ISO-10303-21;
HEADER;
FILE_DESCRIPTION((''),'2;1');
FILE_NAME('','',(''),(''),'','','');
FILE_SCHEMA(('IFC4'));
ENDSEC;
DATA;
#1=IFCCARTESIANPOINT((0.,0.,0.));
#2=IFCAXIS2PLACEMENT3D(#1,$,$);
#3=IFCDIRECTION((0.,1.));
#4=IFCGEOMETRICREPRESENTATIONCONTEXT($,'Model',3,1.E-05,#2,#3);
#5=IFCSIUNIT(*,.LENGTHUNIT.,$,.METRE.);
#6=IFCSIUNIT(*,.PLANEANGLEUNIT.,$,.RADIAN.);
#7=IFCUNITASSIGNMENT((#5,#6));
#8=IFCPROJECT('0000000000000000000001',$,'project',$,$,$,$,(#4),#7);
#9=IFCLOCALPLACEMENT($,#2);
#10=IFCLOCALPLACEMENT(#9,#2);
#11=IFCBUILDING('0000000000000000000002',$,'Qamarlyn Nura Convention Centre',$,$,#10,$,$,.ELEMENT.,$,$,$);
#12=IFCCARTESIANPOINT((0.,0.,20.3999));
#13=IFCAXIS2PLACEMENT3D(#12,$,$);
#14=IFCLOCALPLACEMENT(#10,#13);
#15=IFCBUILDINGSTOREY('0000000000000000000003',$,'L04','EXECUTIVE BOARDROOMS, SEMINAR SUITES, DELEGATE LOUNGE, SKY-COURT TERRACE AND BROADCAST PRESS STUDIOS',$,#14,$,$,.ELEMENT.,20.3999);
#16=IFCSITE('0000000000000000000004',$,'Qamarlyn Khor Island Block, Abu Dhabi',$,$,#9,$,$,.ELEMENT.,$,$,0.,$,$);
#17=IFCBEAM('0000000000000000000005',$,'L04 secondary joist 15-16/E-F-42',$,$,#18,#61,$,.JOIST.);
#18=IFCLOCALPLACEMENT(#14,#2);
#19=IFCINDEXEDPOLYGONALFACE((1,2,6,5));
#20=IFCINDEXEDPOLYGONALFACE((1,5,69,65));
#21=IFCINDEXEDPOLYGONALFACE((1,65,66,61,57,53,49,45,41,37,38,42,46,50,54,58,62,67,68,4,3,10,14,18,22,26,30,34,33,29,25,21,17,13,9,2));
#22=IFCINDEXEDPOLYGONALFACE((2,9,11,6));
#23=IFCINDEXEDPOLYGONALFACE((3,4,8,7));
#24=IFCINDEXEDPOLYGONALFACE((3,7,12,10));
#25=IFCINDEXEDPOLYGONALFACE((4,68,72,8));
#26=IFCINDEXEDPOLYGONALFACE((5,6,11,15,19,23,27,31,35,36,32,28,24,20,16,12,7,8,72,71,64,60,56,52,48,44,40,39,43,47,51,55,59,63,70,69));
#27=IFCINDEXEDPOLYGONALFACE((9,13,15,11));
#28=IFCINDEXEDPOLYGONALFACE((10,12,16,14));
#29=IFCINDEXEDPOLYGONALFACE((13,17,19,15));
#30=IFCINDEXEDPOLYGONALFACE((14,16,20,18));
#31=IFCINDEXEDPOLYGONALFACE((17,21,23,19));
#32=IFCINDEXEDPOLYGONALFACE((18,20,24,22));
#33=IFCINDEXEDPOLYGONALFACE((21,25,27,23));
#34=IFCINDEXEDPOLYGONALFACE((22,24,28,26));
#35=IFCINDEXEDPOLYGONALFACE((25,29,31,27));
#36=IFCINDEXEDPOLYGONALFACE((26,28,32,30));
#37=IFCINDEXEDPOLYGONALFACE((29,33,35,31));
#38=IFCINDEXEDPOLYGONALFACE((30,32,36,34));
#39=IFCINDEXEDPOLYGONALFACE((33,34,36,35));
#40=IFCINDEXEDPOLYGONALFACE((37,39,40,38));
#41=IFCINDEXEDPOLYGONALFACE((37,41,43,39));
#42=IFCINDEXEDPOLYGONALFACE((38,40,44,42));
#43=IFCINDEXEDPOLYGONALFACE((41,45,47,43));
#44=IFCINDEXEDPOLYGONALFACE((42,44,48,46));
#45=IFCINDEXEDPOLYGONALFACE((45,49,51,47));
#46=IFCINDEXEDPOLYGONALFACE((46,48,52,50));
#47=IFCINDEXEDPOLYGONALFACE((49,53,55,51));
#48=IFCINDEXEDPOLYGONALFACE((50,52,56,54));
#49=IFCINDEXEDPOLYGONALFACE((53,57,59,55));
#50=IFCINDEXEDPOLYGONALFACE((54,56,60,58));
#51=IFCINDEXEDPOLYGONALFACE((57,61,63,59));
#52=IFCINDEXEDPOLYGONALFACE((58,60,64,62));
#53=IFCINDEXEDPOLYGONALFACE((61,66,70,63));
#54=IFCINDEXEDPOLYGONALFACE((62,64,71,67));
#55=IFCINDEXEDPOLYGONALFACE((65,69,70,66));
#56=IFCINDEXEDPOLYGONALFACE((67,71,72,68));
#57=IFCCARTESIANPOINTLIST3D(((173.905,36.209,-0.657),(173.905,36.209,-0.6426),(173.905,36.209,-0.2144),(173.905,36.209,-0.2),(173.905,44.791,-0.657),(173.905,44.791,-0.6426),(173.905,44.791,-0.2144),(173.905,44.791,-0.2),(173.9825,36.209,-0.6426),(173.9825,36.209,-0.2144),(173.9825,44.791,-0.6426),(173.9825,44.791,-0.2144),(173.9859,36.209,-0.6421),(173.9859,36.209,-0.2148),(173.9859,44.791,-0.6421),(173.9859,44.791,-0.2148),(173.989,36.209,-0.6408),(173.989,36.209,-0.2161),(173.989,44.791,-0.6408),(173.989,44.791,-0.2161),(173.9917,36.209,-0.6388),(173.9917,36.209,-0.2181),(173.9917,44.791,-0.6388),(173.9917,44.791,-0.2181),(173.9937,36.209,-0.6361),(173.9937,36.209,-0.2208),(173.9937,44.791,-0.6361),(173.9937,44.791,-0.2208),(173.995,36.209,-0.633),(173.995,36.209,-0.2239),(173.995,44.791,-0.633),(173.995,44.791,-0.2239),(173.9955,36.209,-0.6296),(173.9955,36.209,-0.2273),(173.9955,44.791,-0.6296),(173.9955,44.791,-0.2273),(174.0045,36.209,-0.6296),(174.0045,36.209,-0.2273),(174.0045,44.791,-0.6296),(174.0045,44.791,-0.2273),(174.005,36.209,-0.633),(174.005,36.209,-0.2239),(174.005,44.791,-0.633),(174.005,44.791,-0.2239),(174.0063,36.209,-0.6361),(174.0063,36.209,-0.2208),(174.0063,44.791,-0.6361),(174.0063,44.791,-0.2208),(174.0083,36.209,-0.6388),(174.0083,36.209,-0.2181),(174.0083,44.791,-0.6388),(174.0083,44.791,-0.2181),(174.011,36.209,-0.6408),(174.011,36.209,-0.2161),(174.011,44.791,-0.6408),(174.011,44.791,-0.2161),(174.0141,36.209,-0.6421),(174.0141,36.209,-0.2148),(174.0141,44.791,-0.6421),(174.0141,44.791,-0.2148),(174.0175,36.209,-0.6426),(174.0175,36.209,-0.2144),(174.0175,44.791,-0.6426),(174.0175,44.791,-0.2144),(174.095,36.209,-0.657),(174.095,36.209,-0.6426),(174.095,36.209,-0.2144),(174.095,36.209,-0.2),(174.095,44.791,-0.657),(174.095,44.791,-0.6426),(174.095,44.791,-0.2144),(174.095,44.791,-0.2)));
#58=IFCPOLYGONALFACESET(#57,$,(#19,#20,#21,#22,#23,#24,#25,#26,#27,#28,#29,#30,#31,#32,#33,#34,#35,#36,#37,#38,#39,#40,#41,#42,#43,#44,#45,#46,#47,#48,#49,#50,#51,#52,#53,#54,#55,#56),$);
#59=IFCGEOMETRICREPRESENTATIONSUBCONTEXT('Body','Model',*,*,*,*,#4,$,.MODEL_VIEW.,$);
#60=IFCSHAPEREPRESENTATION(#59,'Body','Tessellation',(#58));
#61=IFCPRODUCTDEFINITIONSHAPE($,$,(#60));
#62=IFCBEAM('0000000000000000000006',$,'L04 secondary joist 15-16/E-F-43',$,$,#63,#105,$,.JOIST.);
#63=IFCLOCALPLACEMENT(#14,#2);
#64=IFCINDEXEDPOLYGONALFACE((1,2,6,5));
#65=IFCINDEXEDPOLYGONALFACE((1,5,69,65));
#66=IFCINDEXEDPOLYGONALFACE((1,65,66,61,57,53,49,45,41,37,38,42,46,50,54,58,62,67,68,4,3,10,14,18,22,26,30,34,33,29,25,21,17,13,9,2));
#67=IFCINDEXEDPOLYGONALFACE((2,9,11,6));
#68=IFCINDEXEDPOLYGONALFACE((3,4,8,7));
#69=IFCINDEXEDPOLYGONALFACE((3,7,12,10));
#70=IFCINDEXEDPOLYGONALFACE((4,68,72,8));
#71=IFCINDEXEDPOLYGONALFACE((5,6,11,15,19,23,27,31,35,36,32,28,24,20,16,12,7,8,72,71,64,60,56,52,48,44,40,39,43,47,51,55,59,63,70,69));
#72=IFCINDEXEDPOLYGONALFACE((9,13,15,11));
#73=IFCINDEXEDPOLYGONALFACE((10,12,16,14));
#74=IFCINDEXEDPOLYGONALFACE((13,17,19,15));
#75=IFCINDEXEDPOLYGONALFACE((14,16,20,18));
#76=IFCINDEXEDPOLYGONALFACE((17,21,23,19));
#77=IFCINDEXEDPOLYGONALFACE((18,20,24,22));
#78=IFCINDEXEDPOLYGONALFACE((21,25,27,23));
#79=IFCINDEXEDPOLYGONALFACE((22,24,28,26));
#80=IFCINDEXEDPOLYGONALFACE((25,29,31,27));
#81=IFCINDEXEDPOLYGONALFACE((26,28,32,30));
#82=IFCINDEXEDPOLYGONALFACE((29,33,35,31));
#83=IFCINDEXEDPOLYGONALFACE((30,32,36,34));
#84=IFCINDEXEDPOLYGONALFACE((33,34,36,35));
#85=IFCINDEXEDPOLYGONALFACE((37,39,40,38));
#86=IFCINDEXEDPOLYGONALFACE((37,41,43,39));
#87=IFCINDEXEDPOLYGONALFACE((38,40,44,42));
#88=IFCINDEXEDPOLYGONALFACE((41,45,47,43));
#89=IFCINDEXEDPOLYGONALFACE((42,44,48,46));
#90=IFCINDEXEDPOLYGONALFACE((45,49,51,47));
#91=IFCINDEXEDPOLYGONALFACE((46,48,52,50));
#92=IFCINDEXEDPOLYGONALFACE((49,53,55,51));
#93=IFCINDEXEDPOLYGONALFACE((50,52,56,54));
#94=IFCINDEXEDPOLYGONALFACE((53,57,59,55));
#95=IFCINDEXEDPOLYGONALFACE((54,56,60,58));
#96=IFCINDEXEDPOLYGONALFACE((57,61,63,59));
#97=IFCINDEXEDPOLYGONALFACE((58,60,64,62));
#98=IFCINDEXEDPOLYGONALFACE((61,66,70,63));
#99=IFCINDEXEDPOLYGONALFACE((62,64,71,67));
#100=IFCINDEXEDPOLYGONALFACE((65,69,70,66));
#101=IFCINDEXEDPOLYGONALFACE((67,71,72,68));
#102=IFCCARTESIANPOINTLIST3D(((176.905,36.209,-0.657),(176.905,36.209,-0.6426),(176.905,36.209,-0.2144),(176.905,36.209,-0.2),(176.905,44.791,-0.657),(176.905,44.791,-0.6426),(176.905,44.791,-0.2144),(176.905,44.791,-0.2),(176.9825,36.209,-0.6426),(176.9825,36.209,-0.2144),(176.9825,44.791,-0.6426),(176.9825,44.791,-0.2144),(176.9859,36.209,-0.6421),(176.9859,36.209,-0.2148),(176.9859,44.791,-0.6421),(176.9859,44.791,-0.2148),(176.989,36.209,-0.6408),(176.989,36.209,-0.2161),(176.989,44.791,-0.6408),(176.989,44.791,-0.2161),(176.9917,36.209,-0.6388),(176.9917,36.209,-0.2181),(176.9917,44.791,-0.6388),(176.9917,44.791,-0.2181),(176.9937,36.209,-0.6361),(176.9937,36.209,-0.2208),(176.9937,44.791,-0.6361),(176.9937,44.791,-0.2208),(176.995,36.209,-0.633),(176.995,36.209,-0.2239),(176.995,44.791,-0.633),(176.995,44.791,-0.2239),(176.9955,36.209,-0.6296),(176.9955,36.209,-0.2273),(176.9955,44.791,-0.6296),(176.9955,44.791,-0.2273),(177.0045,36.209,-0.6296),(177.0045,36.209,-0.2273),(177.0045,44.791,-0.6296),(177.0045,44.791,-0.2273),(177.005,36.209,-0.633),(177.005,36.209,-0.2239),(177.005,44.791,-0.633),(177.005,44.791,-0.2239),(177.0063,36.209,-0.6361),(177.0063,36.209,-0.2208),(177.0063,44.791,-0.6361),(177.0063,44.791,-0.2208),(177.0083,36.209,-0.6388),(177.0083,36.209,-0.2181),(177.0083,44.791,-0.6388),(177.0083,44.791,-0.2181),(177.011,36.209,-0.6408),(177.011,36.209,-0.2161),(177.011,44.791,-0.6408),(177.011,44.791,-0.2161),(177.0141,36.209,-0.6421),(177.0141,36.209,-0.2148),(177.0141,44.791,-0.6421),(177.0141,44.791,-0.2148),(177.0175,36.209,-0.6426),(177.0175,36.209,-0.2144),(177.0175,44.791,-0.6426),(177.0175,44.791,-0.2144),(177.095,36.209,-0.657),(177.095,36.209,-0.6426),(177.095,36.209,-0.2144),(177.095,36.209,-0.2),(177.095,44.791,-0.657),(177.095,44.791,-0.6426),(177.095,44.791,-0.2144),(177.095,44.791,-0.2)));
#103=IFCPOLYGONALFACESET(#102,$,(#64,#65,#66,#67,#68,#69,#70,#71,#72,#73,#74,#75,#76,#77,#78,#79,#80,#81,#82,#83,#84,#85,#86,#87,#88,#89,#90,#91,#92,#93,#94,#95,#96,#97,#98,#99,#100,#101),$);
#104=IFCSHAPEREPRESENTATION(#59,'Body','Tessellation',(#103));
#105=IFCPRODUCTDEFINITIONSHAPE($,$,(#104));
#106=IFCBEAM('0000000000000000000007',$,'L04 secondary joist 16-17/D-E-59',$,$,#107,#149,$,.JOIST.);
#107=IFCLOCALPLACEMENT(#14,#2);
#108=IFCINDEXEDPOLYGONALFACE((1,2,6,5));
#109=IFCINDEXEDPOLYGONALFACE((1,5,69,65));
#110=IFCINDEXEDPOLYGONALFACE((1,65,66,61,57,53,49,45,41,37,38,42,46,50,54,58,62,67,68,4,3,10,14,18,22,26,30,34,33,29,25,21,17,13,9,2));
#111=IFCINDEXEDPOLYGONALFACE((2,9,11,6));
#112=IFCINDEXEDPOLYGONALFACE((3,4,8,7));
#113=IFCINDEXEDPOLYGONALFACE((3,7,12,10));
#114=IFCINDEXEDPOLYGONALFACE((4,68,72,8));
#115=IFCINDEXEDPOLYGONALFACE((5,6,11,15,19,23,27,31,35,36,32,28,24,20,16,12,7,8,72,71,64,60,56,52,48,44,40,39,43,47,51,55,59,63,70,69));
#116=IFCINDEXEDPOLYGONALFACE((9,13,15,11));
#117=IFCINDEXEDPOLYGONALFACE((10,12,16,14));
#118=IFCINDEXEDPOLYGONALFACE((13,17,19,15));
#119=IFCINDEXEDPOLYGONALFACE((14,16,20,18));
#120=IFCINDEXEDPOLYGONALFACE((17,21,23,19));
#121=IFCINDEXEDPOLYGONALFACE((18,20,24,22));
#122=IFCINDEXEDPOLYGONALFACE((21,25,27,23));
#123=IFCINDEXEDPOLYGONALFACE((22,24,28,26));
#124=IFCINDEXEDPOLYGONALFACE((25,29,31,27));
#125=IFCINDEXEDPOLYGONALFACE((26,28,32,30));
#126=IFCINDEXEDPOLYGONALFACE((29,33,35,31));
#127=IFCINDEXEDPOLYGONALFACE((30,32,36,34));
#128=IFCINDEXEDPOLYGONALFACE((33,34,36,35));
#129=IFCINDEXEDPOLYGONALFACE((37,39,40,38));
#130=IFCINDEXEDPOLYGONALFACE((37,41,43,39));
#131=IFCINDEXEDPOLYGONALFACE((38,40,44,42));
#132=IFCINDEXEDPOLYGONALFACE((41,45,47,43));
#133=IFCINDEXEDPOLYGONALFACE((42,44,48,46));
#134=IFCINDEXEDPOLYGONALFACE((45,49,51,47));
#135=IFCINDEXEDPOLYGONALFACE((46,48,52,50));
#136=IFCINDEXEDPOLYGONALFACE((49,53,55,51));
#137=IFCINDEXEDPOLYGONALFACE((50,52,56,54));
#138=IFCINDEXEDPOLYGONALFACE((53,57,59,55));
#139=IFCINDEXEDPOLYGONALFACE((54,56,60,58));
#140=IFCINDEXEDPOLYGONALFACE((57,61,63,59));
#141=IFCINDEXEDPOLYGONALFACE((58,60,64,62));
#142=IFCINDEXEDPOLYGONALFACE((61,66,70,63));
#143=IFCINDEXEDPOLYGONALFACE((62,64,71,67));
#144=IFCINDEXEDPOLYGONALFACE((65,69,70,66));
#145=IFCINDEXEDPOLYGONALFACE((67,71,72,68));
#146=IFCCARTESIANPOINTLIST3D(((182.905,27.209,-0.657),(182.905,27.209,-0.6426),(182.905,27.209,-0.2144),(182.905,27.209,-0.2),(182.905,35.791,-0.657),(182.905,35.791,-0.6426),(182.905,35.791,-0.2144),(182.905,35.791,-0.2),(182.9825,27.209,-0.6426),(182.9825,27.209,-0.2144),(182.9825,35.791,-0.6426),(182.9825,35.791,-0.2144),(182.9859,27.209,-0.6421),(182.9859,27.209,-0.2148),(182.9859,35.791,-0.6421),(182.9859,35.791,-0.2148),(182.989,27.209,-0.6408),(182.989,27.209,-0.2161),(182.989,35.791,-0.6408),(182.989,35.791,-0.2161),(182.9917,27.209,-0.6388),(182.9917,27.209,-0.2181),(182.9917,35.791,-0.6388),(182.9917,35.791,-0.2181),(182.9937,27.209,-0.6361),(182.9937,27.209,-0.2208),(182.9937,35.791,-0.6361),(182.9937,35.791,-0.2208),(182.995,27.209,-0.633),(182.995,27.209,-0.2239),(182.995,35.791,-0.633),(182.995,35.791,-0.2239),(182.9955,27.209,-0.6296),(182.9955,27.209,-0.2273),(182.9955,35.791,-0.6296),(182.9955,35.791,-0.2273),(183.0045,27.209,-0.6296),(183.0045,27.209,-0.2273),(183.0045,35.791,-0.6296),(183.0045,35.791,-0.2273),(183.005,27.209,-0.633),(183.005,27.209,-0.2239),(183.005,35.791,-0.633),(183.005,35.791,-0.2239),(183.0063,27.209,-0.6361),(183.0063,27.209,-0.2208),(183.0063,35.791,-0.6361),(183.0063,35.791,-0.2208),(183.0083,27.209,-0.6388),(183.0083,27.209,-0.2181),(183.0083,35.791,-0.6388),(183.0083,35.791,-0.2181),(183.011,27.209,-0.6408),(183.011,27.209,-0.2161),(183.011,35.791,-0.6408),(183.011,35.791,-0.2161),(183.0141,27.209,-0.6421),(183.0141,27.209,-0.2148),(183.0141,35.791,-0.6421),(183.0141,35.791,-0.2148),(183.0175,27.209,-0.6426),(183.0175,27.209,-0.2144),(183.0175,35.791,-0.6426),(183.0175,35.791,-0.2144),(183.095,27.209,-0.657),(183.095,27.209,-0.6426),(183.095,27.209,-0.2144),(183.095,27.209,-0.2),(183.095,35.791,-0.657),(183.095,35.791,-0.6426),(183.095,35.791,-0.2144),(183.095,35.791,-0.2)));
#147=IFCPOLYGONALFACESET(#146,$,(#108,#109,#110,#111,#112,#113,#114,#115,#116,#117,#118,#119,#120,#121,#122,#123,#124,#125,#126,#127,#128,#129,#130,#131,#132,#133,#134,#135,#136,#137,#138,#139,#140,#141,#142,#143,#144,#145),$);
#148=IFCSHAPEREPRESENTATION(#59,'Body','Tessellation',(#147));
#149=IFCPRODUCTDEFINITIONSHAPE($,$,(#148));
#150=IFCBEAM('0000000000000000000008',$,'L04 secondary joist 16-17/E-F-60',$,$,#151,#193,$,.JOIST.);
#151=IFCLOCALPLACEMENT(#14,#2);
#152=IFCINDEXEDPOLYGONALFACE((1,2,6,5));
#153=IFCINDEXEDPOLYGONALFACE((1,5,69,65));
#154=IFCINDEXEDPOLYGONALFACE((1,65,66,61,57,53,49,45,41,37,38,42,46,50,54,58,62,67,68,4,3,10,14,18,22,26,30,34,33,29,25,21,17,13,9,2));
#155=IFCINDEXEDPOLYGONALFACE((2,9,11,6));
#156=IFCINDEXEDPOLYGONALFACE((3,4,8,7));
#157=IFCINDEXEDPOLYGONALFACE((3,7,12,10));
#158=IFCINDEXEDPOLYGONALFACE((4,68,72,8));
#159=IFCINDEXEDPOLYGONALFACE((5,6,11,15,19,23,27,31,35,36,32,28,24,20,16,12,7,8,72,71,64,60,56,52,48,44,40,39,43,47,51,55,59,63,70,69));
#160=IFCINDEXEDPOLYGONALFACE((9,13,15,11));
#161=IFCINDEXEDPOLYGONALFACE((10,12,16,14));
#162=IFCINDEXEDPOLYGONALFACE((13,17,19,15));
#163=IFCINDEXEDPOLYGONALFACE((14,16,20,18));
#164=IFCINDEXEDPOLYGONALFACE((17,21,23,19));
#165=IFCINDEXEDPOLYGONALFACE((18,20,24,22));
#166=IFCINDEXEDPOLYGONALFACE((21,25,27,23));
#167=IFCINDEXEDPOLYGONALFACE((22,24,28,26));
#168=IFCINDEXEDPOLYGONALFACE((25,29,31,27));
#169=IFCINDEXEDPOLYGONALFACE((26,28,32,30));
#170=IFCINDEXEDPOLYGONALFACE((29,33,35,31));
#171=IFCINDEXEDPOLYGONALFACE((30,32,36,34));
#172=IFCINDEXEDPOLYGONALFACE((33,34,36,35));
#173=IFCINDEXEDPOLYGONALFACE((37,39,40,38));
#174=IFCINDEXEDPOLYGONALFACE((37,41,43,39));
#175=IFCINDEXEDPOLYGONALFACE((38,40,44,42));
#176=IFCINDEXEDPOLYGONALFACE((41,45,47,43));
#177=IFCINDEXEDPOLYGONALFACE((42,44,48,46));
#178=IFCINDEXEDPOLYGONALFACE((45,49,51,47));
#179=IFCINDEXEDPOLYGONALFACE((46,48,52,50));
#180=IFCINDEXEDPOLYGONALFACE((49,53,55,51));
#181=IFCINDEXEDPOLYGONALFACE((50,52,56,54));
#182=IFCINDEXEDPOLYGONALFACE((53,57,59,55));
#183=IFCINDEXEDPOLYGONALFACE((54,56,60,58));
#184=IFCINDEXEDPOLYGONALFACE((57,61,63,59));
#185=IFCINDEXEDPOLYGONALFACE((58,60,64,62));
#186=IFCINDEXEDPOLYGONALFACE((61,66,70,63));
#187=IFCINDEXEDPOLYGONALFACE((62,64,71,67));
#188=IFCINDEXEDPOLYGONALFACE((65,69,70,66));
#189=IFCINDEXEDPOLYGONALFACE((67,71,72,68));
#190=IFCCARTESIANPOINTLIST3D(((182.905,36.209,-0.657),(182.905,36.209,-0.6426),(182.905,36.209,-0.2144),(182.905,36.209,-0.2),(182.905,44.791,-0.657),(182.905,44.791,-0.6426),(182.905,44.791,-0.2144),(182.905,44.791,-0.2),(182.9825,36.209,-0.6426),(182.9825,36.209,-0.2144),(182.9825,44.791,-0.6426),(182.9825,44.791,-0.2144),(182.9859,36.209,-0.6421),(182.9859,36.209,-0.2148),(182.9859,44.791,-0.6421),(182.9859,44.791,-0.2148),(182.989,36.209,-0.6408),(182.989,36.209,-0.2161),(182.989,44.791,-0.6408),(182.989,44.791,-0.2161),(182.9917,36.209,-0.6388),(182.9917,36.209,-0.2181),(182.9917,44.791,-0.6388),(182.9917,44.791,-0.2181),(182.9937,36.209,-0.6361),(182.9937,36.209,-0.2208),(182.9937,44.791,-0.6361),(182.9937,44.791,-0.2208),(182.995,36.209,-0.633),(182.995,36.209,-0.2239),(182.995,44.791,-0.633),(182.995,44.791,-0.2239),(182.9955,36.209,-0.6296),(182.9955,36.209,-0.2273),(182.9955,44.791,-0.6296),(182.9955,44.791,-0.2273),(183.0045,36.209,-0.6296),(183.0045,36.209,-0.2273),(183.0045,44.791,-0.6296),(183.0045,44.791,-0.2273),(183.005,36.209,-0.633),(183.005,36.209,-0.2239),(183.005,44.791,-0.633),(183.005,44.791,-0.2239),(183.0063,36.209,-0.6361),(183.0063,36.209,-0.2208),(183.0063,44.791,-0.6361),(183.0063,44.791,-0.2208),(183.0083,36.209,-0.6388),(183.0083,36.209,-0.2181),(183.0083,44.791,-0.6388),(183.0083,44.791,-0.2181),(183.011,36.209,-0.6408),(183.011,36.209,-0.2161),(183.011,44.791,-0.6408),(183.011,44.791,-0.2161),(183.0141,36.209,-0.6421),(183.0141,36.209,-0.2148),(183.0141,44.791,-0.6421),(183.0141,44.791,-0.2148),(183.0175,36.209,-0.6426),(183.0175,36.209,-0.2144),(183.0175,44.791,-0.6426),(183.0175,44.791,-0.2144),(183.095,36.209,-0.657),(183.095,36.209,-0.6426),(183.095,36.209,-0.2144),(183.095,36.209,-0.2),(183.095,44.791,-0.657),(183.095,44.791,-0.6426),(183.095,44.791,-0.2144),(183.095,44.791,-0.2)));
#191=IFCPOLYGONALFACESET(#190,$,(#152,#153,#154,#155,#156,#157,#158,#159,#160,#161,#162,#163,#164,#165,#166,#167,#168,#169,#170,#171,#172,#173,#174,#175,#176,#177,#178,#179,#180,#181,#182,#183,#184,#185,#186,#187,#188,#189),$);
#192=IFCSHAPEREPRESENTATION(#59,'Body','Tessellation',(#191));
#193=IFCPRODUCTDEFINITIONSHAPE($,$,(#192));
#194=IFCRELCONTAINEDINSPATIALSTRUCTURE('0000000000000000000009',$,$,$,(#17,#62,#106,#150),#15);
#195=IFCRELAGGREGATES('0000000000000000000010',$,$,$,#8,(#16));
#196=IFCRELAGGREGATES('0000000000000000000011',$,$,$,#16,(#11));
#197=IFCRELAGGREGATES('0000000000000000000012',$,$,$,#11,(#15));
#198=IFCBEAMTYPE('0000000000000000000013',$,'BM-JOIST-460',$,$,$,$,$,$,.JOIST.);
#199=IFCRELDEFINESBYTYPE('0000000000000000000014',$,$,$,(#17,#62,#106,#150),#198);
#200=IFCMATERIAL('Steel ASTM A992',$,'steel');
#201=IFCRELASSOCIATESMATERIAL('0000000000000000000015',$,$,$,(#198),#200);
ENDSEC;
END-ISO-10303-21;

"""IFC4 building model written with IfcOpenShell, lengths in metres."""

from ifc_helpers import new_model, si_unit, direction, frame, origin, origin_2d, place, context, subcontext, project, spatial, i_section, extrude, material, material_profile, profile_set, type_object, element, save


model = new_model("IFC4")

# Units and contexts
model_context = context("Model", 3, precision=1e-05, world=origin(), true_north=direction((0.0, 1.0)))
body_context = subcontext(model_context, "Body", "Model", "MODEL_VIEW")
ifc_project = project(units=[si_unit("LENGTHUNIT", "METRE"), si_unit("PLANEANGLEUNIT", "RADIAN")], contexts=[model_context])

# Site, building, storey
site_placement = place(None, origin())
site = spatial("IfcSite", under=ifc_project, at=site_placement, Name="Qamarlyn Khor Island Block, Abu Dhabi", CompositionType="ELEMENT", RefElevation=0.0)
building_placement = place(site_placement, origin())
building = spatial("IfcBuilding", under=site, at=building_placement, Name="Qamarlyn Nura Convention Centre", CompositionType="ELEMENT")
storey_placement = place(building_placement, frame((0.0, 0.0, 20.3999)))
storey = spatial("IfcBuildingStorey", under=building, at=storey_placement, Name="L04", Description="EXECUTIVE BOARDROOMS, SEMINAR SUITES, DELEGATE LOUNGE, SKY-COURT TERRACE AND BROADCAST PRESS STUDIOS", CompositionType="ELEMENT", Elevation=20.3999)

# Shared definitions
ifc_material_1 = material(Name="Steel ASTM A992", Category="steel")

# Beams
ifc_material_profile_1 = material_profile(ifc_material_1, i_section(OverallWidth=0.1899, OverallDepth=0.457, WebThickness=0.009, FlangeThickness=0.0144, FilletRadius=0.0129, at=origin_2d()), Name="W460X74")
ifc_profile_set_1 = profile_set([ifc_material_profile_1], Name="Steel ASTM A992")
beam_type_1 = type_object("IfcBeamType", Name="BM-JOIST-460", PredefinedType="JOIST", material=ifc_profile_set_1)
for number, where, z_axis, x_axis, name in (
    (1, (174.0, 36.209, -0.4285), (0.0, 1.0, 0.0), (-1.0, 0.0, 0.0), "L04 secondary joist 15-16/E-F-42"),
    (2, (177.0, 36.209, -0.4285), (0.0, 1.0, 0.0), (-1.0, 0.0, 0.0), "L04 secondary joist 15-16/E-F-43"),
    (3, (183.0, 27.209, -0.4285), (0.0, 1.0, 0.0), (-1.0, 0.0, 0.0), "L04 secondary joist 16-17/D-E-59"),
    (4, (183.0, 36.209, -0.4285), (0.0, 1.0, 0.0), (-1.0, 0.0, 0.0), "L04 secondary joist 16-17/E-F-60"),
):
    element("IfcBeam", number, at=place(storey_placement, frame(where, z_axis=z_axis, x_axis=x_axis)), inside=storey, type_object=beam_type_1, Name=name, PredefinedType="JOIST", context=body_context, shape_type="SweptSolid", body=[
        extrude(i_section(OverallWidth=0.1899, OverallDepth=0.457, WebThickness=0.009, FlangeThickness=0.0144, FilletRadius=0.0129, at=origin_2d()), origin(), (0.0, 0.0, 1.0), 8.582),
    ])

save(model, "model.ifc")
